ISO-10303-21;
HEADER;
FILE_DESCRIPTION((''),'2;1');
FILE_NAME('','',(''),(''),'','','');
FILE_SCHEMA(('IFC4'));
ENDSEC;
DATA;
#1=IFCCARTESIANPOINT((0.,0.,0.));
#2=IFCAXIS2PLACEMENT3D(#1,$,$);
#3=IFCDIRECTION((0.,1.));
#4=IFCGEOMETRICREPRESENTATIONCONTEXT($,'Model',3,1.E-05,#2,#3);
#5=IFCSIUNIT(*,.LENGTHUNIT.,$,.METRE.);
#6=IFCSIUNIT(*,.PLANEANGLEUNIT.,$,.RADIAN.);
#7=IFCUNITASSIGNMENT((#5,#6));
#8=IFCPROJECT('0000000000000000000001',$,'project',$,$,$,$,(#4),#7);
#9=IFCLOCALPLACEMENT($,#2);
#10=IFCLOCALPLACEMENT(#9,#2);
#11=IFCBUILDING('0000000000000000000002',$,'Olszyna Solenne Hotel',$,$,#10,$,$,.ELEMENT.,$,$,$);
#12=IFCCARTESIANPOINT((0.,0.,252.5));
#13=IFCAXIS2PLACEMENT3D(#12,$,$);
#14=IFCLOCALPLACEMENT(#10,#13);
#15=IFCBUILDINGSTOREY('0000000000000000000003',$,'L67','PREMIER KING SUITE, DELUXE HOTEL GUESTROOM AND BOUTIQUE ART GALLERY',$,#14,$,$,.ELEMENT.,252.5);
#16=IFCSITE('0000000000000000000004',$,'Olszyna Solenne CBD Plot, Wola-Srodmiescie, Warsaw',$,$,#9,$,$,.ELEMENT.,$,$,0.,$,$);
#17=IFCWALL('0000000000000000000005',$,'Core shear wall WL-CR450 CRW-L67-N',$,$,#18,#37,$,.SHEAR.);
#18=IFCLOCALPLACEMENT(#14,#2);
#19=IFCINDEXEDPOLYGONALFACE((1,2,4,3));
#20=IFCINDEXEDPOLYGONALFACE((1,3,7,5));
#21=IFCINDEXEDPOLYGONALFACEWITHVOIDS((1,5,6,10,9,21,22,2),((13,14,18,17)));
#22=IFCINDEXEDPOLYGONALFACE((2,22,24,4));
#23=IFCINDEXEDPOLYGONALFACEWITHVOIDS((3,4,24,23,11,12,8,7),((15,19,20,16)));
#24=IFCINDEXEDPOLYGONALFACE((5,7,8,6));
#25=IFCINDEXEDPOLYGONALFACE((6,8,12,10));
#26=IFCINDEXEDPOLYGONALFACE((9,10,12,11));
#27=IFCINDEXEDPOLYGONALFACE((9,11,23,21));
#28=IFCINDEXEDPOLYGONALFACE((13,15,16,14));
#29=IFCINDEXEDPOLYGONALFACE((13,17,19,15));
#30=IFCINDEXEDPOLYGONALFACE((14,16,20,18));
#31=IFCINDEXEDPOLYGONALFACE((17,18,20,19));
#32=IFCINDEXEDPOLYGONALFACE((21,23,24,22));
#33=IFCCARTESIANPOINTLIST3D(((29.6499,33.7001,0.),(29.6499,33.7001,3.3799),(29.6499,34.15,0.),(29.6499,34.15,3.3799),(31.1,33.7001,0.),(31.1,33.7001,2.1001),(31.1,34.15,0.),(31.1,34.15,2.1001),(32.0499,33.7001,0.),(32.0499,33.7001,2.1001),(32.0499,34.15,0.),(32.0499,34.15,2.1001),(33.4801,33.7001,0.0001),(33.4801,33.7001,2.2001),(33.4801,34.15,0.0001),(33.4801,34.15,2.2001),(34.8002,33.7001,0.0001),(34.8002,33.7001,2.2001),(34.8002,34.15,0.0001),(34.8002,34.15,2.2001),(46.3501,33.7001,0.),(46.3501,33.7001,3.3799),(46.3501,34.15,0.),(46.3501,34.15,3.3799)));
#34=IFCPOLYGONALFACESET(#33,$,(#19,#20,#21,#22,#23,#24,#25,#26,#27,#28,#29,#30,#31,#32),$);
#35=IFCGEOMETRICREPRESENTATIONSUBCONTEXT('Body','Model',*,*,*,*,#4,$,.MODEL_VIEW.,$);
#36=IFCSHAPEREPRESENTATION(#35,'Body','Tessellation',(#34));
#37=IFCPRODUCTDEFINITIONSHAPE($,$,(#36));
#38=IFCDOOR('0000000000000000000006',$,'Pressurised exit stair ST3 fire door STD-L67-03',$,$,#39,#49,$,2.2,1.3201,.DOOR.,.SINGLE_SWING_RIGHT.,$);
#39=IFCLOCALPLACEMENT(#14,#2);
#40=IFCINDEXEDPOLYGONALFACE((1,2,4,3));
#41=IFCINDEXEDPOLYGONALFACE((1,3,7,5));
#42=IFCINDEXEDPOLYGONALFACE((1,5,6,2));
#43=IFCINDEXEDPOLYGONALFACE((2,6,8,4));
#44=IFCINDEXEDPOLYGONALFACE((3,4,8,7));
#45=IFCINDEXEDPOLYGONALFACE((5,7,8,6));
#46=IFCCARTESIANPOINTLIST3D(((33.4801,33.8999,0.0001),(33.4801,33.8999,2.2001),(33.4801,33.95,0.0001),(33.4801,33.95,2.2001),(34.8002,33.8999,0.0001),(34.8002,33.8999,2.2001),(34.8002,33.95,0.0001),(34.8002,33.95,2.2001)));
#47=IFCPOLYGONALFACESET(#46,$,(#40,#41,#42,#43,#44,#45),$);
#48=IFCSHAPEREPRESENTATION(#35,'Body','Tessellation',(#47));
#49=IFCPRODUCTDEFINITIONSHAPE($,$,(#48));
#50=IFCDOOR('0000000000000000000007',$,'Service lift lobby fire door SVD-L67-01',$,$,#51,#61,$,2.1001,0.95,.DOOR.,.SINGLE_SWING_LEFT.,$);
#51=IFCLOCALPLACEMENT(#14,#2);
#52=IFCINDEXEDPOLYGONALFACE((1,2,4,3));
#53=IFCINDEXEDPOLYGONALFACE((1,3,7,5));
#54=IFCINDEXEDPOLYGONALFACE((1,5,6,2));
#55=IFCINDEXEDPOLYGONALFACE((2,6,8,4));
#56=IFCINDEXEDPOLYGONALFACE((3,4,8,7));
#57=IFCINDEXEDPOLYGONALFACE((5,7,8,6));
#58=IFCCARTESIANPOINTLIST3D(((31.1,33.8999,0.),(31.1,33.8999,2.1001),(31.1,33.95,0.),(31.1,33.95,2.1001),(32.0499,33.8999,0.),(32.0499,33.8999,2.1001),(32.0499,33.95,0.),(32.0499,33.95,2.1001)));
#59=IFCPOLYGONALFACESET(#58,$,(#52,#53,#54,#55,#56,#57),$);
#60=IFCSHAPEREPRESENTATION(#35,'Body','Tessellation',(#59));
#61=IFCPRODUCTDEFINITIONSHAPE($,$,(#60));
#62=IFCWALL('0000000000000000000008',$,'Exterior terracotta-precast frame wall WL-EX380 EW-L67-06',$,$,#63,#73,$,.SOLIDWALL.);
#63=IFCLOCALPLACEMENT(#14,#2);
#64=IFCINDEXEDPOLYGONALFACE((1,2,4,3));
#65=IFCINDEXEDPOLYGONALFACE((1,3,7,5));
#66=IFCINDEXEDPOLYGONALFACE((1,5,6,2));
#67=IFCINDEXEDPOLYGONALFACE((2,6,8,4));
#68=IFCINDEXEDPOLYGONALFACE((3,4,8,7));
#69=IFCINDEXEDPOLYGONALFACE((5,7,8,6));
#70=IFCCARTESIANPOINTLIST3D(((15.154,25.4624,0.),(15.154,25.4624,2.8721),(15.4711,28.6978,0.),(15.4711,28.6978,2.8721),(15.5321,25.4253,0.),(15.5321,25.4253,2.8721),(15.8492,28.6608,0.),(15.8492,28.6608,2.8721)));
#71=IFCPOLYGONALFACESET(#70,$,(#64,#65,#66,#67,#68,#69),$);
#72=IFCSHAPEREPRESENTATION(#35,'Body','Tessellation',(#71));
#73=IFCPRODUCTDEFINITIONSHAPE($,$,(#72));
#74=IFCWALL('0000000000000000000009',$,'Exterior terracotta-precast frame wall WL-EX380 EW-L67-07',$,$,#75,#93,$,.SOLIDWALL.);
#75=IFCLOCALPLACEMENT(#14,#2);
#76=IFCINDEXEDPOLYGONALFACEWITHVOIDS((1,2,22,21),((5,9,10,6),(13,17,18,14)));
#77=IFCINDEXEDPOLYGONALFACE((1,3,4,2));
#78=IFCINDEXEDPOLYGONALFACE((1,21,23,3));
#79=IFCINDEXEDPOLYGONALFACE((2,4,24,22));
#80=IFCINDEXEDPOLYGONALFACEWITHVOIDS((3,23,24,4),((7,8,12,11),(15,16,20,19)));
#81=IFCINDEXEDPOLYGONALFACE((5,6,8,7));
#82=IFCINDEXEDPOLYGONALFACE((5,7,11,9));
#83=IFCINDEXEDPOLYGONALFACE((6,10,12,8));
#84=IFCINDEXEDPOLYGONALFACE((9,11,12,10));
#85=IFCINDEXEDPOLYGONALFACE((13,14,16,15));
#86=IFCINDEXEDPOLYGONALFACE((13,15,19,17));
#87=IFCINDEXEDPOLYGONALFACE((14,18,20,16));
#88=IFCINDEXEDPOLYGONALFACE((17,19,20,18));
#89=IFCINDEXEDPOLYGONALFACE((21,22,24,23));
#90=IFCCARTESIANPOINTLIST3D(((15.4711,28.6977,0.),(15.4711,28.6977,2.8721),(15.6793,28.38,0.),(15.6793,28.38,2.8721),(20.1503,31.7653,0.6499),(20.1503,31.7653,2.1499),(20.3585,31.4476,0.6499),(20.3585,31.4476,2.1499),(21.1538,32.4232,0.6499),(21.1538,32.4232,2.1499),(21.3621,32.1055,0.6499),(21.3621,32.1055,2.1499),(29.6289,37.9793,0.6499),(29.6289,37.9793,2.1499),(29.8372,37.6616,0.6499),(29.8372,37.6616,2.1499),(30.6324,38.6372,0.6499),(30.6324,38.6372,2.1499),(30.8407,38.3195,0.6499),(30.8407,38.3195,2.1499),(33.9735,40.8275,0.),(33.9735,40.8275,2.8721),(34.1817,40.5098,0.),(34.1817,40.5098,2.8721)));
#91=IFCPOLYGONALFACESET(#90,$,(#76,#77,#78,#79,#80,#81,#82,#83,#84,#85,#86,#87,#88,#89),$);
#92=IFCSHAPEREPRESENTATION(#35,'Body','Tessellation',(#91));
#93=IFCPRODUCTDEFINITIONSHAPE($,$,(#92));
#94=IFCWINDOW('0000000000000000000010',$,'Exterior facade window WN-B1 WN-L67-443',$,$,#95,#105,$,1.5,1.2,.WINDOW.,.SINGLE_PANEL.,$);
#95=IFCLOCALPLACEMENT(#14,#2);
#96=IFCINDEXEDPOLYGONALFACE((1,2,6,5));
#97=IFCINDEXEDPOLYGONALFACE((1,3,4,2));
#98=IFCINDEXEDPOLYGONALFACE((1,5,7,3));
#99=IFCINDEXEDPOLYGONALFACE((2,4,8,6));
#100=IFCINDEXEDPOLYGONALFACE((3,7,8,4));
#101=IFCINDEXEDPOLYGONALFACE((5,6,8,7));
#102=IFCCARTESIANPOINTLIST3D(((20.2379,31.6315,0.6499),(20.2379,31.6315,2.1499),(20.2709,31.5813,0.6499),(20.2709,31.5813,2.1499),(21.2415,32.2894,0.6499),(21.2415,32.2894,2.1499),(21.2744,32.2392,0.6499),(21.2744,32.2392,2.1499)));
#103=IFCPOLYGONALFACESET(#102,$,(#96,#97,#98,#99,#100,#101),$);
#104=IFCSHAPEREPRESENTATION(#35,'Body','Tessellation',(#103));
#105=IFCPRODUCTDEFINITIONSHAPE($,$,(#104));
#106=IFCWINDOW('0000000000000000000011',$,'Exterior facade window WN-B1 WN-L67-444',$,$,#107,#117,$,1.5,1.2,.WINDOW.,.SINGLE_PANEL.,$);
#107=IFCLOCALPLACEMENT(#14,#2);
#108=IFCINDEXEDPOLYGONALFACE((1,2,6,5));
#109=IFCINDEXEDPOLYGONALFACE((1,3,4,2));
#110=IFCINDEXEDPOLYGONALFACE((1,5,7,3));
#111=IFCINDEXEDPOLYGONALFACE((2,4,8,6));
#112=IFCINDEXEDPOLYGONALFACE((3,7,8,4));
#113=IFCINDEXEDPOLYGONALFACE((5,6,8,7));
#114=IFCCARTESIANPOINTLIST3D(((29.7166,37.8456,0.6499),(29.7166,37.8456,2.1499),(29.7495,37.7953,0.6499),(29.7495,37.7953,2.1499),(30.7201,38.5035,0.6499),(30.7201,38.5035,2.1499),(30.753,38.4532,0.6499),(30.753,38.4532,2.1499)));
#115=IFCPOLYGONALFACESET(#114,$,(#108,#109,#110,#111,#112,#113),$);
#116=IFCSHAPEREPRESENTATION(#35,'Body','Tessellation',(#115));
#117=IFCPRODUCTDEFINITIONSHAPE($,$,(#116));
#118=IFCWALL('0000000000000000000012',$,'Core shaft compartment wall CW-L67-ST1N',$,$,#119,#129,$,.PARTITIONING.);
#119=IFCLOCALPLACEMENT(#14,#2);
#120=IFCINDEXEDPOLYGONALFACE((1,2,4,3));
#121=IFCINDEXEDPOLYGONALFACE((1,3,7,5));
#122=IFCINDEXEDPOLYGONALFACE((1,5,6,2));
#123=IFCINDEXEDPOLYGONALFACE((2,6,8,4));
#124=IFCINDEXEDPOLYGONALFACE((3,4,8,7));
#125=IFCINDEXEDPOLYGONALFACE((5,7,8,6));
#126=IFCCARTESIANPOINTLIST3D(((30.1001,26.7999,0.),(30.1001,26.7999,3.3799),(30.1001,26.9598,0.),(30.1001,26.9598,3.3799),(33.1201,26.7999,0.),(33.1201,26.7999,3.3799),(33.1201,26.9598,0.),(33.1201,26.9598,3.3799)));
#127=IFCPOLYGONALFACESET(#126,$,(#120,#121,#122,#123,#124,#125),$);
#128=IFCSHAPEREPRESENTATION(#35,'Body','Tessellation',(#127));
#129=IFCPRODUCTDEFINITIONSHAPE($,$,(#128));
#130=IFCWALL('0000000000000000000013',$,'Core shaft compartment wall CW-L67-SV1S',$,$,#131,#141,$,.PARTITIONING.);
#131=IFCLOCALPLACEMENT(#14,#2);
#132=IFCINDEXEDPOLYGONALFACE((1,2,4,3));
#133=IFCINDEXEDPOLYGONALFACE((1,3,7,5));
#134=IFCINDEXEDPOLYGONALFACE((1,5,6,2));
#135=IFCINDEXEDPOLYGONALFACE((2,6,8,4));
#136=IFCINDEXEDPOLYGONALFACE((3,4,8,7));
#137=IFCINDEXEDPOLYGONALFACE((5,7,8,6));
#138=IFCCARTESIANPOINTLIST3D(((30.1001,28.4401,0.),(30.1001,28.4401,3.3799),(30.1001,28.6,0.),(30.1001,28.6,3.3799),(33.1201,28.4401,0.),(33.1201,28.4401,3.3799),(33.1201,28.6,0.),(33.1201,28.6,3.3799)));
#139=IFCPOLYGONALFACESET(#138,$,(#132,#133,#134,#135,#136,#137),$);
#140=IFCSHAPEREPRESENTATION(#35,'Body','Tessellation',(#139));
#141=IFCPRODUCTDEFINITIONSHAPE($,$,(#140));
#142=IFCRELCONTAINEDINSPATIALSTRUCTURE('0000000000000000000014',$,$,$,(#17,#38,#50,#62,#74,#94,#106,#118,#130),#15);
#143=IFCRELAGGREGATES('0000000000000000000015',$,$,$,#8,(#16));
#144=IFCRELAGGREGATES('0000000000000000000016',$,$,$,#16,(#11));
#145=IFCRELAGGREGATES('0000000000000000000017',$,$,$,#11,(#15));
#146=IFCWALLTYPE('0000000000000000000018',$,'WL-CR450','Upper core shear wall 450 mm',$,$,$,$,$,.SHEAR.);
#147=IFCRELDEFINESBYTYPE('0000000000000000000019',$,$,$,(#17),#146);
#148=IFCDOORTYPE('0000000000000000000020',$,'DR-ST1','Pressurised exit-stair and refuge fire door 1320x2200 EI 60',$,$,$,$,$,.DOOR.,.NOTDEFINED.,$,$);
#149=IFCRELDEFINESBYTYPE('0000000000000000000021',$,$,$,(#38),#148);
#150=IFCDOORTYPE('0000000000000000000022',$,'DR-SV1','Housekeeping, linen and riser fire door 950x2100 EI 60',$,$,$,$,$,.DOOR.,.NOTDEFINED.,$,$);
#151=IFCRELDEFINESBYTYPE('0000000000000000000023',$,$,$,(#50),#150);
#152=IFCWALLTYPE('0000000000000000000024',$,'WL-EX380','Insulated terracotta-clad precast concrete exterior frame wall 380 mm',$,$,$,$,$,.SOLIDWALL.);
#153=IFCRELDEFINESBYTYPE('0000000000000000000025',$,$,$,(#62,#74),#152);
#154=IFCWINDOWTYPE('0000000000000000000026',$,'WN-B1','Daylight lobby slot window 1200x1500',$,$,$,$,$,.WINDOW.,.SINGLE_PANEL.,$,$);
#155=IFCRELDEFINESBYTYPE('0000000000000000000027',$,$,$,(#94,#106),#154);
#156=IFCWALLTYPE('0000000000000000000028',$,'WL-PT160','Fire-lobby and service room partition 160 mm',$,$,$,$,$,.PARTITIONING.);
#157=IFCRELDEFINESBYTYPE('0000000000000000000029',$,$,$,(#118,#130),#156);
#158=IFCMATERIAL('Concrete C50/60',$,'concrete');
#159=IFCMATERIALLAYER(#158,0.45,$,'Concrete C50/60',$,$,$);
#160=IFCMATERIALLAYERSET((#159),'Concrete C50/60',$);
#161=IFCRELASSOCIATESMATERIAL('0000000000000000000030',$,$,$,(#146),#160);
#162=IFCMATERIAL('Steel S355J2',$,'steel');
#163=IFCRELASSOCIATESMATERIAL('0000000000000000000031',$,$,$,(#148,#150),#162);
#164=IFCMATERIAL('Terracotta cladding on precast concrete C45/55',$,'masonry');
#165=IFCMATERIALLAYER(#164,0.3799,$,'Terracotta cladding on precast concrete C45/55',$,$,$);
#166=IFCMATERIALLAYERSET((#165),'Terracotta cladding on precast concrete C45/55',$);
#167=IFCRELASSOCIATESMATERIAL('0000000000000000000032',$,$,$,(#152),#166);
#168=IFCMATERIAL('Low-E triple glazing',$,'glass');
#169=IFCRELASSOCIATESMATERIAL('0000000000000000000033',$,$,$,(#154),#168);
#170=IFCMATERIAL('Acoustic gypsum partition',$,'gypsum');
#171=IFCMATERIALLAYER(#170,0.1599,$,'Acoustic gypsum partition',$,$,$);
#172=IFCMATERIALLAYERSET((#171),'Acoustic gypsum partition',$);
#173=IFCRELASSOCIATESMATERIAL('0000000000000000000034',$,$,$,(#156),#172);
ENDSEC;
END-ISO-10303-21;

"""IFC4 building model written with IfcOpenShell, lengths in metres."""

from ifc_helpers import new_model, si_unit, direction, frame, frame_2d, origin, place, context, subcontext, project, spatial, rectangle, extrude, source, transform, mapped, material, layer, layer_set, type_object, type_shapes, element, fill, save


model = new_model("IFC4")

# Units and contexts
model_context = context("Model", 3, precision=1e-05, world=origin(), true_north=direction((0.0, 1.0)))
body_context = subcontext(model_context, "Body", "Model", "MODEL_VIEW")
ifc_project = project(units=[si_unit("LENGTHUNIT", "METRE"), si_unit("PLANEANGLEUNIT", "RADIAN")], contexts=[model_context])

# Site, building, storey
site_placement = place(None, origin())
site = spatial("IfcSite", under=ifc_project, at=site_placement, Name="Olszyna Solenne CBD Plot, Wola-Srodmiescie, Warsaw", CompositionType="ELEMENT", RefElevation=0.0)
building_placement = place(site_placement, origin())
building = spatial("IfcBuilding", under=site, at=building_placement, Name="Olszyna Solenne Hotel", CompositionType="ELEMENT")
storey_placement = place(building_placement, frame((0.0, 0.0, 252.5)))
storey = spatial("IfcBuildingStorey", under=building, at=storey_placement, Name="L67", Description="PREMIER KING SUITE, DELUXE HOTEL GUESTROOM AND BOUTIQUE ART GALLERY", CompositionType="ELEMENT", Elevation=252.5)

# Shared definitions
ifc_material_1 = material(Name="Steel S355J2", Category="steel")

# Wall, openings, doors
ifc_material_2 = material(Name="Concrete C50/60", Category="concrete")
ifc_layer_1 = layer(ifc_material_2, 0.45, Name="Concrete C50/60")
ifc_layer_set_1 = layer_set([ifc_layer_1], Name="Concrete C50/60")
wall_type_1 = type_object("IfcWallType", Name="WL-CR450", Description="Upper core shear wall 450 mm", PredefinedType="SHEAR", material=ifc_layer_set_1)
wall_1_placement = place(storey_placement, frame((29.6499, 33.925, 0.0), z_axis=(0.0, 0.0, 1.0), x_axis=(1.0, 0.0, 0.0)))
wall_1 = element("IfcWall", 1, at=wall_1_placement, inside=storey, type_object=wall_type_1, Name="Core shear wall WL-CR450 CRW-L67-N", PredefinedType="SHEAR", context=body_context, shape_type="SweptSolid", body=[
    extrude(rectangle(XDim=16.7002, YDim=0.45, at=frame_2d((8.3501, 0.0))), origin(), (0.0, 0.0, 1.0), 3.3799),
])
opening_1_placement = place(wall_1_placement, frame((1.45, 0.0, 0.0)))
opening_1 = element("IfcOpeningElement", 2, at=opening_1_placement, cuts=wall_1, PredefinedType="OPENING", context=body_context, shape_type="SweptSolid", body=[
    extrude(rectangle(XDim=0.95, YDim=2.1001, at=frame_2d((0.4751, 1.05))), frame((0.0, 0.2349, 0.0), z_axis=(0.0, -1.0, 0.0), x_axis=(1.0, 0.0, 0.0)), (0.0, 0.0, 1.0), 0.47),
])
opening_2_placement = place(wall_1_placement, frame((3.8301, 0.0, 0.0)))
opening_2 = element("IfcOpeningElement", 3, at=opening_2_placement, cuts=wall_1, PredefinedType="OPENING", context=body_context, shape_type="SweptSolid", body=[
    extrude(rectangle(XDim=1.3201, YDim=2.2, at=frame_2d((0.6602, 1.1001))), frame((0.0, 0.2349, 0.0), z_axis=(0.0, -1.0, 0.0), x_axis=(1.0, 0.0, 0.0)), (0.0, 0.0, 1.0), 0.47),
])
door_type_1 = type_object("IfcDoorType", Name="DR-ST1", Description="Pressurised exit-stair and refuge fire door 1320x2200 EI 60", OperationType="NOTDEFINED", PredefinedType="DOOR", material=ifc_material_1)
shared_shape_1 = source(origin(), body_context, "Body", "SweptSolid", [
    extrude(rectangle(XDim=1.3201, YDim=2.2, at=frame_2d((0.6602, 1.1001))), frame((0.0, 0.0249, 0.0), z_axis=(0.0, -1.0, 0.0), x_axis=(1.0, 0.0, 0.0)), (0.0, 0.0, 1.0), 0.05),
])
type_shapes(door_type_1, [shared_shape_1])
door_1_placement = place(opening_2_placement, origin())
door_1 = element("IfcDoor", 4, at=door_1_placement, inside=storey, type_object=door_type_1, Name="Pressurised exit stair ST3 fire door STD-L67-03", OperationType="SINGLE_SWING_RIGHT", OverallHeight=2.2, OverallWidth=1.3201, PredefinedType="DOOR", context=body_context, shape_type="MappedRepresentation", body=[
    mapped(shared_shape_1, transform((0.0, 0.0, 0.0), x_axis=(1.0, 0.0, 0.0), y_axis=(0.0, 1.0, 0.0), z_axis=(0.0, 0.0, 1.0), scale=1.0)),
])
fill(opening_2, door_1)
door_type_2 = type_object("IfcDoorType", Name="DR-SV1", Description="Housekeeping, linen and riser fire door 950x2100 EI 60", OperationType="NOTDEFINED", PredefinedType="DOOR", material=ifc_material_1)
shared_shape_2 = source(origin(), body_context, "Body", "SweptSolid", [
    extrude(rectangle(XDim=0.95, YDim=2.1001, at=frame_2d((0.4751, 1.05))), frame((0.0, 0.0249, 0.0), z_axis=(0.0, -1.0, 0.0), x_axis=(1.0, 0.0, 0.0)), (0.0, 0.0, 1.0), 0.05),
])
type_shapes(door_type_2, [shared_shape_2])
door_2_placement = place(opening_1_placement, origin())
door_2 = element("IfcDoor", 5, at=door_2_placement, inside=storey, type_object=door_type_2, Name="Service lift lobby fire door SVD-L67-01", OperationType="SINGLE_SWING_LEFT", OverallHeight=2.1001, OverallWidth=0.95, PredefinedType="DOOR", context=body_context, shape_type="MappedRepresentation", body=[
    mapped(shared_shape_2, transform((0.0, 0.0, 0.0), x_axis=(1.0, 0.0, 0.0), y_axis=(0.0, 1.0, 0.0), z_axis=(0.0, 0.0, 1.0), scale=1.0)),
])
fill(opening_1, door_2)

# Wall
ifc_material_3 = material(Name="Terracotta cladding on precast concrete C45/55", Category="masonry")
ifc_layer_2 = layer(ifc_material_3, 0.3799, Name="Terracotta cladding on precast concrete C45/55")
ifc_layer_set_2 = layer_set([ifc_layer_2], Name="Terracotta cladding on precast concrete C45/55")
wall_type_2 = type_object("IfcWallType", Name="WL-EX380", Description="Insulated terracotta-clad precast concrete exterior frame wall 380 mm", PredefinedType="SOLIDWALL", material=ifc_layer_set_2)
wall_2_placement = place(storey_placement, frame((15.343, 25.4438, 0.0), z_axis=(0.0, 0.0, 1.0), x_axis=(0.097555, 0.99523, 0.0)))
element("IfcWall", 6, at=wall_2_placement, inside=storey, type_object=wall_type_2, Name="Exterior terracotta-precast frame wall WL-EX380 EW-L67-06", PredefinedType="SOLIDWALL", context=body_context, shape_type="SweptSolid", body=[
    extrude(rectangle(XDim=3.251, YDim=0.3799, at=frame_2d((1.6255, 0.0))), origin(), (0.0, 0.0, 1.0), 2.8721),
])

# Wall, openings, windows
wall_3_placement = place(storey_placement, frame((15.5752, 28.5388, 0.0), z_axis=(0.0, 0.0, 1.0), x_axis=(0.836304, 0.548266, 0.0)))
wall_3 = element("IfcWall", 7, at=wall_3_placement, inside=storey, type_object=wall_type_2, Name="Exterior terracotta-precast frame wall WL-EX380 EW-L67-07", PredefinedType="SOLIDWALL", context=body_context, shape_type="SweptSolid", body=[
    extrude(rectangle(XDim=22.124, YDim=0.3799, at=frame_2d((11.062, 0.0))), origin(), (0.0, 0.0, 1.0), 2.8721),
])
opening_3_placement = place(wall_3_placement, frame((5.595, 0.0, 0.6499)))
opening_3 = element("IfcOpeningElement", 8, at=opening_3_placement, cuts=wall_3, PredefinedType="OPENING", context=body_context, shape_type="SweptSolid", body=[
    extrude(rectangle(XDim=1.2, YDim=1.5, at=frame_2d((0.6001, 0.75))), frame((0.0, 0.2, 0.0), z_axis=(0.0, -1.0, 0.0), x_axis=(1.0, 0.0, 0.0)), (0.0, 0.0, 1.0), 0.3999),
])
opening_4_placement = place(wall_3_placement, frame((16.929, 0.0, 0.6499)))
opening_4 = element("IfcOpeningElement", 9, at=opening_4_placement, cuts=wall_3, PredefinedType="OPENING", context=body_context, shape_type="SweptSolid", body=[
    extrude(rectangle(XDim=1.2, YDim=1.5, at=frame_2d((0.6001, 0.75))), frame((0.0, 0.2, 0.0), z_axis=(0.0, -1.0, 0.0), x_axis=(1.0, 0.0, 0.0)), (0.0, 0.0, 1.0), 0.3999),
])
ifc_material_4 = material(Name="Low-E triple glazing", Category="glass")
window_type = type_object("IfcWindowType", Name="WN-B1", Description="Daylight lobby slot window 1200x1500", PartitioningType="SINGLE_PANEL", PredefinedType="WINDOW", material=ifc_material_4)
shared_shape_3 = source(origin(), body_context, "Body", "SweptSolid", [
    extrude(rectangle(XDim=1.2, YDim=1.5, at=frame_2d((0.6001, 0.75))), frame((0.0, 0.03, 0.0), z_axis=(0.0, -1.0, 0.0), x_axis=(1.0, 0.0, 0.0)), (0.0, 0.0, 1.0), 0.0601),
])
type_shapes(window_type, [shared_shape_3])
window_1_placement = place(opening_3_placement, origin())
window_1 = element("IfcWindow", 10, at=window_1_placement, inside=storey, type_object=window_type, Name="Exterior facade window WN-B1 WN-L67-443", OverallHeight=1.5, OverallWidth=1.2, PartitioningType="SINGLE_PANEL", PredefinedType="WINDOW", context=body_context, shape_type="MappedRepresentation", body=[
    mapped(shared_shape_3, transform((0.0, 0.0, 0.0), x_axis=(1.0, 0.0, 0.0), y_axis=(0.0, 1.0, 0.0), z_axis=(0.0, 0.0, 1.0), scale=1.0)),
])
fill(opening_3, window_1)
window_2_placement = place(opening_4_placement, origin())
window_2 = element("IfcWindow", 11, at=window_2_placement, inside=storey, type_object=window_type, Name="Exterior facade window WN-B1 WN-L67-444", OverallHeight=1.5, OverallWidth=1.2, PartitioningType="SINGLE_PANEL", PredefinedType="WINDOW", context=body_context, shape_type="MappedRepresentation", body=[
    mapped(shared_shape_3, transform((0.0, 0.0, 0.0), x_axis=(1.0, 0.0, 0.0), y_axis=(0.0, 1.0, 0.0), z_axis=(0.0, 0.0, 1.0), scale=1.0)),
])
fill(opening_4, window_2)

# Walls
ifc_material_5 = material(Name="Acoustic gypsum partition", Category="gypsum")
ifc_layer_3 = layer(ifc_material_5, 0.1599, Name="Acoustic gypsum partition")
ifc_layer_set_3 = layer_set([ifc_layer_3], Name="Acoustic gypsum partition")
wall_type_3 = type_object("IfcWallType", Name="WL-PT160", Description="Fire-lobby and service room partition 160 mm", PredefinedType="PARTITIONING", material=ifc_layer_set_3)
for number, where, z_axis, x_axis, name in (
    (12, (30.1001, 26.8799, 0.0), (0.0, 0.0, 1.0), (1.0, 0.0, 0.0), "Core shaft compartment wall CW-L67-ST1N"),
    (13, (30.1001, 28.52, 0.0), (0.0, 0.0, 1.0), (1.0, 0.0, 0.0), "Core shaft compartment wall CW-L67-SV1S"),
):
    element("IfcWall", number, at=place(storey_placement, frame(where, z_axis=z_axis, x_axis=x_axis)), inside=storey, type_object=wall_type_3, Name=name, PredefinedType="PARTITIONING", context=body_context, shape_type="SweptSolid", body=[
        extrude(rectangle(XDim=3.02, YDim=0.1599, at=frame_2d((1.51, 0.0))), origin(), (0.0, 0.0, 1.0), 3.3799),
    ])

save(model, "model.ifc")
